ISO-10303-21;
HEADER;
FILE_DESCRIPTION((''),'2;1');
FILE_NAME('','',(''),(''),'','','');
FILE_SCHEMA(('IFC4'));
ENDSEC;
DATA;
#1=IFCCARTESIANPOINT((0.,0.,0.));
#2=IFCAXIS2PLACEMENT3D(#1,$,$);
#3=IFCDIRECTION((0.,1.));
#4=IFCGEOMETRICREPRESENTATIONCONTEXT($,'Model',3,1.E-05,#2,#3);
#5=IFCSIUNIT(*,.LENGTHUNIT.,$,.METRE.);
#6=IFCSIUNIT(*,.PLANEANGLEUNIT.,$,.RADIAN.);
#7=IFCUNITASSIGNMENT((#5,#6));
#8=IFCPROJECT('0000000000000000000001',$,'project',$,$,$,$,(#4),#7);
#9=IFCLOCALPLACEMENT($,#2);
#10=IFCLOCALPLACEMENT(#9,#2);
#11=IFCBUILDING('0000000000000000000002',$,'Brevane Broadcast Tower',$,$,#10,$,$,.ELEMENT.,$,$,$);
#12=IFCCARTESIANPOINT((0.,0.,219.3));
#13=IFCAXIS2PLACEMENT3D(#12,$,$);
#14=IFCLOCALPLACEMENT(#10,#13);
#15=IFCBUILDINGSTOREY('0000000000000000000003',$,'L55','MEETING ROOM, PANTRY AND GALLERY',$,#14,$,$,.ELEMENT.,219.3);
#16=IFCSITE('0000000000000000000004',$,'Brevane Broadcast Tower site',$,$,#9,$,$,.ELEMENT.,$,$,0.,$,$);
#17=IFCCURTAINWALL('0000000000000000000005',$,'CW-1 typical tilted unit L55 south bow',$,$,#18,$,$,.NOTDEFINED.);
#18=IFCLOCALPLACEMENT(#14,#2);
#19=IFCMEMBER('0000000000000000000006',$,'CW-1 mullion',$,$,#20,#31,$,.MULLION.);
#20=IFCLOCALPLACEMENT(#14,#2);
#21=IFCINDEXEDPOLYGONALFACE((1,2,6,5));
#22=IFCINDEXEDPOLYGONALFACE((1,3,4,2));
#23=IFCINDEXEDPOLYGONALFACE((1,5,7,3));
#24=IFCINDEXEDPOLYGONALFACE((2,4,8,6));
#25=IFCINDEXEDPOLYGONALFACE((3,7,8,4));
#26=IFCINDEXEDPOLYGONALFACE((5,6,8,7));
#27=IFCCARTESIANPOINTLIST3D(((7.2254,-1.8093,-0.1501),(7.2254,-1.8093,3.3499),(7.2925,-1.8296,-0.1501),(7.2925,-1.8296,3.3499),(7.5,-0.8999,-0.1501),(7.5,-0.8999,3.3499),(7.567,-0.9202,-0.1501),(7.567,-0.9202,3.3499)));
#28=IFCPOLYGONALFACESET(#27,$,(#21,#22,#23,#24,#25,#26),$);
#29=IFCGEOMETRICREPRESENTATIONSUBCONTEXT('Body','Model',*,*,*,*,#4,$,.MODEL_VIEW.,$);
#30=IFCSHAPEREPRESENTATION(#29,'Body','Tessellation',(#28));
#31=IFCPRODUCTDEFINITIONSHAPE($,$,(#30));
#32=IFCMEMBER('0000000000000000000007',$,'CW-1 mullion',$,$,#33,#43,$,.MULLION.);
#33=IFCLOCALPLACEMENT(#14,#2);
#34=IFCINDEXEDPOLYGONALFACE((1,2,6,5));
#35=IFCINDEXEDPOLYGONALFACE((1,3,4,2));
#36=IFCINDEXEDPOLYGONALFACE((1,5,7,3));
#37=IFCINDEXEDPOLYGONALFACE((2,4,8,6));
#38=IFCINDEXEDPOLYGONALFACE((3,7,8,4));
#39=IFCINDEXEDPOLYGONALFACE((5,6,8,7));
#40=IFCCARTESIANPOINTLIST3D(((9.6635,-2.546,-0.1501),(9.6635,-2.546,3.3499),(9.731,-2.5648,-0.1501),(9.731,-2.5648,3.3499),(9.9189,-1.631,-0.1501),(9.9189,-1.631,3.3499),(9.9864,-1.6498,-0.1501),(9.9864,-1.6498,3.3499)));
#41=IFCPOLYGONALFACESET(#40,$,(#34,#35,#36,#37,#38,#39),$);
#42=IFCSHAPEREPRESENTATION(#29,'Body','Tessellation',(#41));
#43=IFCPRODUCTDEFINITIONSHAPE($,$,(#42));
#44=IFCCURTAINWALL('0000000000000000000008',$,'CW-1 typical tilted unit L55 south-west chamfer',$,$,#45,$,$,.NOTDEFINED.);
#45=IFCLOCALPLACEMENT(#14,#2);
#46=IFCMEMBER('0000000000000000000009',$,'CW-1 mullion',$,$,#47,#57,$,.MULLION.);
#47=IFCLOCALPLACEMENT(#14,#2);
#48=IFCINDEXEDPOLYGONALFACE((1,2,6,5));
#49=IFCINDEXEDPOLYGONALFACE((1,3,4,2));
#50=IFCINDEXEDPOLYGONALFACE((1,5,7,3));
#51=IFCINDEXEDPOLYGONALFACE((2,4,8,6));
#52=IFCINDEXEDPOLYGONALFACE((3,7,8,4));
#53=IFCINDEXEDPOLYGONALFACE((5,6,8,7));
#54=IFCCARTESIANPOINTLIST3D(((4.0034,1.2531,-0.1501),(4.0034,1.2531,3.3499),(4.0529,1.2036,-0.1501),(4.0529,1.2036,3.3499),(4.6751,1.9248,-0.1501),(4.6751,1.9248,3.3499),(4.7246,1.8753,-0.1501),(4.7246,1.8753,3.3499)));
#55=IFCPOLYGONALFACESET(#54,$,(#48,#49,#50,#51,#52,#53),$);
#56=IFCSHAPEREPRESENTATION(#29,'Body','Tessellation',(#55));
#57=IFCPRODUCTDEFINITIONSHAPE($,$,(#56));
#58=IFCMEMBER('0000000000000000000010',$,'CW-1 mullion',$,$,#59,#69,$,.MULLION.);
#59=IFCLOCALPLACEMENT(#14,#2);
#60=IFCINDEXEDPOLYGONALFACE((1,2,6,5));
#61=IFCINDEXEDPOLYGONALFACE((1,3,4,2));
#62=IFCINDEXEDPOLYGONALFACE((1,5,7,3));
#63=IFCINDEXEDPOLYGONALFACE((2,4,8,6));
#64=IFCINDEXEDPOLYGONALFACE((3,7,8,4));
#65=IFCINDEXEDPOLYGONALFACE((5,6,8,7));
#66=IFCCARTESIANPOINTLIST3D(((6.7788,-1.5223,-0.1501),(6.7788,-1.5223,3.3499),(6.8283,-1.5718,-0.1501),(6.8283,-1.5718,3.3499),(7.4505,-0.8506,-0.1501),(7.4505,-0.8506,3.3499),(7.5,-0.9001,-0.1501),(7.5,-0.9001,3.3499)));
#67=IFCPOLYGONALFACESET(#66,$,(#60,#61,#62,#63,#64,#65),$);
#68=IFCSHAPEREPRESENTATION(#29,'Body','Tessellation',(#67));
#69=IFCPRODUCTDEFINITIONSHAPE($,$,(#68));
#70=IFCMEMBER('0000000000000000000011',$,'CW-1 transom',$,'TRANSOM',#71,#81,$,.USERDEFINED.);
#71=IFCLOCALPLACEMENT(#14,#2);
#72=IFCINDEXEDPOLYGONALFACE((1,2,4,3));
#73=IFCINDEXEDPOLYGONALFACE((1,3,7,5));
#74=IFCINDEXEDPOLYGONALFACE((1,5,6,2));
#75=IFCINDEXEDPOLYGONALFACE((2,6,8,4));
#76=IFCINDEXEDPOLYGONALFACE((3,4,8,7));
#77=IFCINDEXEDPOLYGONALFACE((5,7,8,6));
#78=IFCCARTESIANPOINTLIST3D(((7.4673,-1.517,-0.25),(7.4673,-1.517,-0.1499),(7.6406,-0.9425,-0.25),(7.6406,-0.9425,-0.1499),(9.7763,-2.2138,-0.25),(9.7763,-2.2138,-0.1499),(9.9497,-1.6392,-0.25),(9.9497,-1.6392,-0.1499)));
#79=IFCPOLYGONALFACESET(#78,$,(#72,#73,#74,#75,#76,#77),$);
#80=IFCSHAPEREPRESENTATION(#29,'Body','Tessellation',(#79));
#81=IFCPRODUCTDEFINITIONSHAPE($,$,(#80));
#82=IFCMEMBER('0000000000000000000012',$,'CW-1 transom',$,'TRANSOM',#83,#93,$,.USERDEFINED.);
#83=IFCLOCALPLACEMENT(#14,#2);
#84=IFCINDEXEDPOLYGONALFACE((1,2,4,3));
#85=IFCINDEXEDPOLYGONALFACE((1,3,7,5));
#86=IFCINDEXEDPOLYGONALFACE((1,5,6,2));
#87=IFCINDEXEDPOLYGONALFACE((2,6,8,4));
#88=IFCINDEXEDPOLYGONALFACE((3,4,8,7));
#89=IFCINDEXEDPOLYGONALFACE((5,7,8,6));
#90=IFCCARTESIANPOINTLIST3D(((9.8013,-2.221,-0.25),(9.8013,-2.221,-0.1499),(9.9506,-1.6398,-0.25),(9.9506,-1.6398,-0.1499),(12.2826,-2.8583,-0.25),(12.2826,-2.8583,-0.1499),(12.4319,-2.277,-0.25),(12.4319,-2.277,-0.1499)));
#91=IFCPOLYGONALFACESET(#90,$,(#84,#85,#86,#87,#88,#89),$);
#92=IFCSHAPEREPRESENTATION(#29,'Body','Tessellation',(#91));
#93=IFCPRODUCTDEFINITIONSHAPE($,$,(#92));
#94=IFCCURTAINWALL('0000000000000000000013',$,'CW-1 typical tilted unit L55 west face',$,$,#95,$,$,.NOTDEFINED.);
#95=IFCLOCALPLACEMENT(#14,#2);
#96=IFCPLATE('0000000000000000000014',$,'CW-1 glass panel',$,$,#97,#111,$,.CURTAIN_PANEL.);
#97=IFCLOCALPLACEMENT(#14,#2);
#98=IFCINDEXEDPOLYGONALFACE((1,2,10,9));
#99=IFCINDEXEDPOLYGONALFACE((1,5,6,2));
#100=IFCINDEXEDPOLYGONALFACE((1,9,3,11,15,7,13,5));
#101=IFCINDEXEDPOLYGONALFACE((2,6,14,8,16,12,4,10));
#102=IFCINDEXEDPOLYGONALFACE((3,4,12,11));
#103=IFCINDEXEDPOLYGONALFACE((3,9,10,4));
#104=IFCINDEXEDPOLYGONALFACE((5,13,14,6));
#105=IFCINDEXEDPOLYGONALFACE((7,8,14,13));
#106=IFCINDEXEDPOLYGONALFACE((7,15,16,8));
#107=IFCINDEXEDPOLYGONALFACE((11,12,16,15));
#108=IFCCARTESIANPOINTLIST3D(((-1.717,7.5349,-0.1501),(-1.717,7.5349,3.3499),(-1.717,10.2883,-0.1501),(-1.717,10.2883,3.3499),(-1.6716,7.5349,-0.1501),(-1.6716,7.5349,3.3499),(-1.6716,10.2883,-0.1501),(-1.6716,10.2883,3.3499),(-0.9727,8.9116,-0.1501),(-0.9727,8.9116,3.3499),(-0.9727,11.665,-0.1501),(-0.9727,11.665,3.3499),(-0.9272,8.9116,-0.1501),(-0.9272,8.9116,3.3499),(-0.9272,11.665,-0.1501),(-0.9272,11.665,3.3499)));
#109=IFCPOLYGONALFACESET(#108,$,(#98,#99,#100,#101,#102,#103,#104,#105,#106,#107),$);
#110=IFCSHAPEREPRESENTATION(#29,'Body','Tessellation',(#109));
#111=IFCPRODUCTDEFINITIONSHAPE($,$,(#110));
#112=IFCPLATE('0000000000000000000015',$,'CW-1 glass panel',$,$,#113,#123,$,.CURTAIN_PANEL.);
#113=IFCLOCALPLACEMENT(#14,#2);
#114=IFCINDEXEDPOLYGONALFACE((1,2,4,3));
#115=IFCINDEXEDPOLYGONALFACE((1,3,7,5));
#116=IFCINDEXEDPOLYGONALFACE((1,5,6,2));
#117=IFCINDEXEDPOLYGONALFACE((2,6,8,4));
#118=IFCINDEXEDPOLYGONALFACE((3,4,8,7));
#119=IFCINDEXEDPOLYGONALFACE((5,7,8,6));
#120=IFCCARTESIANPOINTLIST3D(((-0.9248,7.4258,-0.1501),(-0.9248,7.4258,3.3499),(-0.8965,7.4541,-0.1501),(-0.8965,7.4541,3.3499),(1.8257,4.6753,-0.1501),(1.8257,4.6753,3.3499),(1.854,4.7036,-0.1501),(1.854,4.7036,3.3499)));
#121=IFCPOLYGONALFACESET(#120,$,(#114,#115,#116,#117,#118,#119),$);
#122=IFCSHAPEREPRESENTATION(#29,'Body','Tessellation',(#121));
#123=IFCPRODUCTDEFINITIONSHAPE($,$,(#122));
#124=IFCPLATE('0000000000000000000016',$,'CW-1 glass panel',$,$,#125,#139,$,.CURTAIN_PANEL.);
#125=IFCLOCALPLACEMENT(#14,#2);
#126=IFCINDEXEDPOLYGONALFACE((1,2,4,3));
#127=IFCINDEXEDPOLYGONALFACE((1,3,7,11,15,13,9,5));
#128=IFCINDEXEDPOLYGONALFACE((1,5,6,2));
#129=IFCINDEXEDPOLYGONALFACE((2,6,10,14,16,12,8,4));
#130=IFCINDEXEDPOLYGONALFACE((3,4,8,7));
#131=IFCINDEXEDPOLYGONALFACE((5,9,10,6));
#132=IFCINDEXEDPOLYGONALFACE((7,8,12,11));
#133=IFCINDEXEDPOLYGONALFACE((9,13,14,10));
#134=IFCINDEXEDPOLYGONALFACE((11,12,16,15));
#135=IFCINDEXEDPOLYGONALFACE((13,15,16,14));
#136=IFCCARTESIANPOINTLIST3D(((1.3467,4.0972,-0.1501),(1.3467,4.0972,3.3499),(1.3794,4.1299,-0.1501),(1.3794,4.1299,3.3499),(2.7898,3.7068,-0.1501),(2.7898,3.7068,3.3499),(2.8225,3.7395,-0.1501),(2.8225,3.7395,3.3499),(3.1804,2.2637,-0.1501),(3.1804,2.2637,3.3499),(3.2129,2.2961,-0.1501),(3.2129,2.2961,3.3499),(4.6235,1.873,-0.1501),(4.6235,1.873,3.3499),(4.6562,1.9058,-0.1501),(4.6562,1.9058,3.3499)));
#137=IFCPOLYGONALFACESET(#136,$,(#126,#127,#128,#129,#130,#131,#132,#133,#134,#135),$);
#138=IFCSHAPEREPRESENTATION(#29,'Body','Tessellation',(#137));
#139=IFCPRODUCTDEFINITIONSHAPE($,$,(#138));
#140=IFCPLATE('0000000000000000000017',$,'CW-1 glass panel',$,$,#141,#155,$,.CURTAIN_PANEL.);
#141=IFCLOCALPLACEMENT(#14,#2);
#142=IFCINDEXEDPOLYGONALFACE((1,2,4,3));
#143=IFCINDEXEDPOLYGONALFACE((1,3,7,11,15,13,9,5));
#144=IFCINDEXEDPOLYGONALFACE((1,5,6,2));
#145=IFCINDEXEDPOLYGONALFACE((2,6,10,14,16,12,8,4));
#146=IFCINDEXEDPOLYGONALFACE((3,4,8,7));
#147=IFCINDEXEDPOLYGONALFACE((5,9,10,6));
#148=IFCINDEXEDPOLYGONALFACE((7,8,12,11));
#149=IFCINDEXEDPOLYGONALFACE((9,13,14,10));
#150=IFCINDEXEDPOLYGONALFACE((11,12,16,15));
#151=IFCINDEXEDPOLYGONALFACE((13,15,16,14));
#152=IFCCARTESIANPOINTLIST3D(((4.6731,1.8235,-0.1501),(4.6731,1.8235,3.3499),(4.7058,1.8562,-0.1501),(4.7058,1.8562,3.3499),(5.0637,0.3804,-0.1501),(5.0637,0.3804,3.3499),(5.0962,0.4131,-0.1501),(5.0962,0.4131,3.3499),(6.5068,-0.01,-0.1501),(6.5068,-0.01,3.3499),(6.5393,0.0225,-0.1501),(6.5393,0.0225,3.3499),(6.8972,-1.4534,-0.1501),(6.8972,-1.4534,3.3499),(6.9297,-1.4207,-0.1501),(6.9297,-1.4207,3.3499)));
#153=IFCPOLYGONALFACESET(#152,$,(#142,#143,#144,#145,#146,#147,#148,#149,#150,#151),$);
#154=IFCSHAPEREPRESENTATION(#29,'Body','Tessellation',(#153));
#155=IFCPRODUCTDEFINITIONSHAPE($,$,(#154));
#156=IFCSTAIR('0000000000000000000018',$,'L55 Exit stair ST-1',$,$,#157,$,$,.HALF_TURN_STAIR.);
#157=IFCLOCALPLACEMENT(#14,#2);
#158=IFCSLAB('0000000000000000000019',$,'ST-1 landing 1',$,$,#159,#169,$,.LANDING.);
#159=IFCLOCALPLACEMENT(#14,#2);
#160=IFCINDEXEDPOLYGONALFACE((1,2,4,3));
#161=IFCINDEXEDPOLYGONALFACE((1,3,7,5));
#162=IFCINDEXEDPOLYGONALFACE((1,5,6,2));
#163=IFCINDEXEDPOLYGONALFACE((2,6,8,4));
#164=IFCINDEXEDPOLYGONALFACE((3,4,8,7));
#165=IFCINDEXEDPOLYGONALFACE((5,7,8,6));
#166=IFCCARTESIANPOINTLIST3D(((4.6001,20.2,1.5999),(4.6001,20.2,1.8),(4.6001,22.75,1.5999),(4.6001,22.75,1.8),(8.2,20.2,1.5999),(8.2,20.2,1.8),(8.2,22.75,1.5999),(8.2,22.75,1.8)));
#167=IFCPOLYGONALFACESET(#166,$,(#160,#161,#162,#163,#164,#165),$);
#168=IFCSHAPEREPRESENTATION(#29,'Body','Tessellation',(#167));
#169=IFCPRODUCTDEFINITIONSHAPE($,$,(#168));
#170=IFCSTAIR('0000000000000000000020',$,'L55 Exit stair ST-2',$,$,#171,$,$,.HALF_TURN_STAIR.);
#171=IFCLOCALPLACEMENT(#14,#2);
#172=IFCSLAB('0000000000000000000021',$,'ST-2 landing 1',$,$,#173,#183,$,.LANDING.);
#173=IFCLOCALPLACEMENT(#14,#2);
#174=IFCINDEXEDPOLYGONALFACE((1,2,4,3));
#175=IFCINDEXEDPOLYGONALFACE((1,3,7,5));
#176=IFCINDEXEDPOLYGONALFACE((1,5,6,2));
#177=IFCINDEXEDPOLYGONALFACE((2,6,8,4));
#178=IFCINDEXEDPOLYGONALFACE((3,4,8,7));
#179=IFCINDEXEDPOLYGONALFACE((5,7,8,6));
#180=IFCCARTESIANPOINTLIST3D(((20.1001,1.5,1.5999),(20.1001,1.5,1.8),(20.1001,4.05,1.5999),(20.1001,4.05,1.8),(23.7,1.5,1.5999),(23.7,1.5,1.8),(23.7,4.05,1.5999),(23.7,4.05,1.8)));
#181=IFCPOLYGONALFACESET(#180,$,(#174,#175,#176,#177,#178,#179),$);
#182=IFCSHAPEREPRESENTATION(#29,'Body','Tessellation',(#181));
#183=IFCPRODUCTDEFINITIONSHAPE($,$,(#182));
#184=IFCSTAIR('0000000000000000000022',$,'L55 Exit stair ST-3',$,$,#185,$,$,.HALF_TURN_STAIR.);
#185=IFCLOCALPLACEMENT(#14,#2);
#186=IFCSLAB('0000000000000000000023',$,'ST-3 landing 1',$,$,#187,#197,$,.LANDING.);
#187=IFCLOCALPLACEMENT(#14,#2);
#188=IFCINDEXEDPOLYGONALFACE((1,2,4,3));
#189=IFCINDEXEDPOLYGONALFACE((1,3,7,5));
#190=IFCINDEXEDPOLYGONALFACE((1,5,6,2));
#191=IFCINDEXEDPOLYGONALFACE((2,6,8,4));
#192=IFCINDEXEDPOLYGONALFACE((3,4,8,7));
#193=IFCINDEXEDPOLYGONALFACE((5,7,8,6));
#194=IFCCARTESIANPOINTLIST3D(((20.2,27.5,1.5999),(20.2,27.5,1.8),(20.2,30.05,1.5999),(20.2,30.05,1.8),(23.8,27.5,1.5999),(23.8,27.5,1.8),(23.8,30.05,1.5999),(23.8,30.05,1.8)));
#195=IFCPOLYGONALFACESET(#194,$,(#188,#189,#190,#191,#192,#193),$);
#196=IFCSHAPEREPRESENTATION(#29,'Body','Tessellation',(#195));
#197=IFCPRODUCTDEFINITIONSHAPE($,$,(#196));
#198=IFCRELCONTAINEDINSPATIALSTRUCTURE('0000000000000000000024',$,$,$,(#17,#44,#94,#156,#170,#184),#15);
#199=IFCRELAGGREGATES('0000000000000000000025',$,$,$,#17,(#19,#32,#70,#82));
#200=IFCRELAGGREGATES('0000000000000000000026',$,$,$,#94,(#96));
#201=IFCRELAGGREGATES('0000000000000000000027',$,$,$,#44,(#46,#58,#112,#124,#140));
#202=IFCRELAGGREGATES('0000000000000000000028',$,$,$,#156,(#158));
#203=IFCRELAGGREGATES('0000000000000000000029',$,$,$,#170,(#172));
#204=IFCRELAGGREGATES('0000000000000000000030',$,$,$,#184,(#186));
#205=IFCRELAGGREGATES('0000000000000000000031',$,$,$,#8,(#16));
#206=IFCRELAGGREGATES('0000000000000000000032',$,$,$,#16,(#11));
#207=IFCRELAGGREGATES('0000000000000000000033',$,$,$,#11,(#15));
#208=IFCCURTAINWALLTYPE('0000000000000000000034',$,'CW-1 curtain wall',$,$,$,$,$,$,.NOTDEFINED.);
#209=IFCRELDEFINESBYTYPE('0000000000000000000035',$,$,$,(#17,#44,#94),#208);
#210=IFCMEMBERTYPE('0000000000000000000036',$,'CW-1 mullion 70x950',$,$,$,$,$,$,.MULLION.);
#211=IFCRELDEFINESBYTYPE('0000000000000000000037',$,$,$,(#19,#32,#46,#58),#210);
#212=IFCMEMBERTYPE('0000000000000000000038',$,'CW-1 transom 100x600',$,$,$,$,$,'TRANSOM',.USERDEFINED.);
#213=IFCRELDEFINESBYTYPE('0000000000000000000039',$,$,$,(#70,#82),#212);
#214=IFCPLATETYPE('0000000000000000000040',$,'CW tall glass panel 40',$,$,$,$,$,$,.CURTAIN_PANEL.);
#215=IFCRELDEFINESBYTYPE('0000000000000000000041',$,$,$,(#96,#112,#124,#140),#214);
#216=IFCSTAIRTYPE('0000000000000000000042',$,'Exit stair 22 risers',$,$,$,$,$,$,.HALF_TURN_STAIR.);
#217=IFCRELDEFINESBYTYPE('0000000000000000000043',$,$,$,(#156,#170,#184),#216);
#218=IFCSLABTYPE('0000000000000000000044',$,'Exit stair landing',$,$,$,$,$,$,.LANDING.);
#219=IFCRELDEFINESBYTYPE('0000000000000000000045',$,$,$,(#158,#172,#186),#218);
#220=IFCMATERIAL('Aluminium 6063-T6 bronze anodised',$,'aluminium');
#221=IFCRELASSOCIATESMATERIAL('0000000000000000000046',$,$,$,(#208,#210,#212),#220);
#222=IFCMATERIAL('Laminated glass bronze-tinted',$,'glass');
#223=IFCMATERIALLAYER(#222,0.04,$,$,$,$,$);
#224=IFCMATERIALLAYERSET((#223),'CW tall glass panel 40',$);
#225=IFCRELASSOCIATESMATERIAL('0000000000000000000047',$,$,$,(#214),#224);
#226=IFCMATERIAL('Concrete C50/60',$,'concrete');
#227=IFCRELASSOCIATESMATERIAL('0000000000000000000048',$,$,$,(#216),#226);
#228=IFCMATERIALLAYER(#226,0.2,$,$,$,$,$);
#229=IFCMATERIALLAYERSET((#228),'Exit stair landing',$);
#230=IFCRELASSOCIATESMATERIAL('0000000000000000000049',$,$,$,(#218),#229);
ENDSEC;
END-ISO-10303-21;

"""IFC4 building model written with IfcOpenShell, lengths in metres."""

from ifc_helpers import new_model, si_unit, direction, frame, origin, origin_2d, place, context, subcontext, project, spatial, polyline, rectangle, outline, extrude, material, layer, layer_set, material_profile, profile_set, type_object, element, aggregate, save


model = new_model("IFC4")

# Units and contexts
model_context = context("Model", 3, precision=1e-05, world=origin(), true_north=direction((0.0, 1.0)))
body_context = subcontext(model_context, "Body", "Model", "MODEL_VIEW")
ifc_project = project(units=[si_unit("LENGTHUNIT", "METRE"), si_unit("PLANEANGLEUNIT", "RADIAN")], contexts=[model_context])

# Site, building, storey
site_placement = place(None, origin())
site = spatial("IfcSite", under=ifc_project, at=site_placement, Name="Brevane Broadcast Tower site", CompositionType="ELEMENT", RefElevation=0.0)
building_placement = place(site_placement, origin())
building = spatial("IfcBuilding", under=site, at=building_placement, Name="Brevane Broadcast Tower", CompositionType="ELEMENT")
storey_placement = place(building_placement, frame((0.0, 0.0, 219.3)))
storey = spatial("IfcBuildingStorey", under=building, at=storey_placement, Name="L55", Description="MEETING ROOM, PANTRY AND GALLERY", CompositionType="ELEMENT", Elevation=219.3)

# Curtain walls, members
ifc_material_1 = material(Name="Aluminium 6063-T6 bronze anodised", Category="aluminium")
curtain_wall_type = type_object("IfcCurtainWallType", Name="CW-1 curtain wall", PredefinedType="NOTDEFINED", material=ifc_material_1)
curtain_wall_1_placement = place(storey_placement, origin())
curtain_wall_1 = element("IfcCurtainWall", 1, at=curtain_wall_1_placement, inside=storey, type_object=curtain_wall_type, Name="CW-1 typical tilted unit L55 south bow", PredefinedType="NOTDEFINED")
ifc_material_profile_1 = material_profile(ifc_material_1, rectangle(XDim=0.95, YDim=0.0701, at=origin_2d()), Name="RECT 70x950")
ifc_profile_set_1 = profile_set([ifc_material_profile_1], Name="Aluminium 6063-T6 bronze anodised")
member_type_1 = type_object("IfcMemberType", Name="CW-1 mullion 70x950", PredefinedType="MULLION", material=ifc_profile_set_1)
member_1_placement = place(storey_placement, frame((7.3962, -1.3647, -0.1501), z_axis=(0.0, 0.0, 1.0), x_axis=(0.288968, 0.957339, 0.0)))
member_1 = element("IfcMember", 2, at=member_1_placement, type_object=member_type_1, Name="CW-1 mullion", PredefinedType="MULLION", context=body_context, shape_type="SweptSolid", body=[
    extrude(rectangle(XDim=0.95, YDim=0.0701, at=origin_2d()), origin(), (0.0, 0.0, 1.0), 3.5),
])
member_2_placement = place(storey_placement, frame((9.825, -2.0979, -0.1501), z_axis=(0.0, 0.0, 1.0), x_axis=(0.268916, 0.963164, 0.0)))
member_2 = element("IfcMember", 3, at=member_2_placement, type_object=member_type_1, Name="CW-1 mullion", PredefinedType="MULLION", context=body_context, shape_type="SweptSolid", body=[
    extrude(rectangle(XDim=0.95, YDim=0.0701, at=origin_2d()), origin(), (0.0, 0.0, 1.0), 3.5),
])
curtain_wall_2_placement = place(storey_placement, origin())
curtain_wall_2 = element("IfcCurtainWall", 4, at=curtain_wall_2_placement, inside=storey, type_object=curtain_wall_type, Name="CW-1 typical tilted unit L55 south-west chamfer", PredefinedType="NOTDEFINED")
member_3_placement = place(storey_placement, frame((4.364, 1.5642, -0.1501), z_axis=(0.0, 0.0, 1.0), x_axis=(0.707107, 0.707107, 0.0)))
member_3 = element("IfcMember", 5, at=member_3_placement, type_object=member_type_1, Name="CW-1 mullion", PredefinedType="MULLION", context=body_context, shape_type="SweptSolid", body=[
    extrude(rectangle(XDim=0.95, YDim=0.0701, at=origin_2d()), origin(), (0.0, 0.0, 1.0), 3.5),
])
member_4_placement = place(storey_placement, frame((7.1394, -1.2112, -0.1501), z_axis=(0.0, 0.0, 1.0), x_axis=(0.707107, 0.707107, 0.0)))
member_4 = element("IfcMember", 6, at=member_4_placement, type_object=member_type_1, Name="CW-1 mullion", PredefinedType="MULLION", context=body_context, shape_type="SweptSolid", body=[
    extrude(rectangle(XDim=0.95, YDim=0.0701, at=origin_2d()), origin(), (0.0, 0.0, 1.0), 3.5),
])

# Members
ifc_material_profile_2 = material_profile(ifc_material_1, rectangle(XDim=0.6001, YDim=0.1001, at=origin_2d()), Name="RECT 100x600")
ifc_profile_set_2 = profile_set([ifc_material_profile_2], Name="Aluminium 6063-T6 bronze anodised")
member_type_2 = type_object("IfcMemberType", Name="CW-1 transom 100x600", ElementType="TRANSOM", PredefinedType="USERDEFINED", material=ifc_profile_set_2)
member_5_placement = place(storey_placement, frame((7.554, -1.2297, -0.2), z_axis=(0.957363, -0.288889, 0.0), x_axis=(0.288889, 0.957363, 0.0)))
member_5 = element("IfcMember", 7, at=member_5_placement, type_object=member_type_2, Name="CW-1 transom", ObjectType="TRANSOM", PredefinedType="USERDEFINED", context=body_context, shape_type="SweptSolid", body=[
    extrude(rectangle(XDim=0.6001, YDim=0.1001, at=origin_2d()), origin(), (0.0, 0.0, 1.0), 2.4119),
])
member_6_placement = place(storey_placement, frame((9.876, -1.9304, -0.2), z_axis=(0.96857, -0.248742, 0.0), x_axis=(0.248742, 0.96857, 0.0)))
member_6 = element("IfcMember", 8, at=member_6_placement, type_object=member_type_2, Name="CW-1 transom", ObjectType="TRANSOM", PredefinedType="USERDEFINED", context=body_context, shape_type="SweptSolid", body=[
    extrude(rectangle(XDim=0.6001, YDim=0.1001, at=origin_2d()), origin(), (0.0, 0.0, 1.0), 2.5618),
])
aggregate(curtain_wall_1, [member_1, member_2, member_5, member_6])

# Curtain wall, plate
curtain_wall_3_placement = place(storey_placement, origin())
curtain_wall_3 = element("IfcCurtainWall", 9, at=curtain_wall_3_placement, inside=storey, type_object=curtain_wall_type, Name="CW-1 typical tilted unit L55 west face", PredefinedType="NOTDEFINED")
ifc_material_2 = material(Name="Laminated glass bronze-tinted", Category="glass")
ifc_layer_1 = layer(ifc_material_2, 0.04)
ifc_layer_set_1 = layer_set([ifc_layer_1], Name="CW tall glass panel 40")
plate_type = type_object("IfcPlateType", Name="CW tall glass panel 40", PredefinedType="CURTAIN_PANEL", material=ifc_layer_set_1)
plate_1_placement = place(storey_placement, frame((0.0, 0.0, -0.1501)))
plate_1 = element("IfcPlate", 10, at=plate_1_placement, type_object=plate_type, Name="CW-1 glass panel", PredefinedType="CURTAIN_PANEL", context=body_context, shape_type="SweptSolid", body=[
    extrude(outline(polyline([(-0.9272, 11.665), (-0.9727, 11.665), (-1.717, 10.2883), (-0.9727, 8.9116), (-1.717, 7.5349), (-1.6716, 7.5349), (-0.9272, 8.9116), (-1.6716, 10.2883), (-0.9272, 11.665)])), origin(), (0.0, 0.0, 1.0), 3.5),
])
aggregate(curtain_wall_3, [plate_1])

# Plates
plate_2_placement = place(storey_placement, frame((0.0, 0.0, -0.1501)))
plate_2 = element("IfcPlate", 11, at=plate_2_placement, type_object=plate_type, Name="CW-1 glass panel", PredefinedType="CURTAIN_PANEL", context=body_context, shape_type="SweptSolid", body=[
    extrude(outline(polyline([(-0.8965, 7.4541), (1.854, 4.7036), (1.8257, 4.6753), (-0.9248, 7.4258), (-0.8965, 7.4541)])), origin(), (0.0, 0.0, 1.0), 3.5),
])
plate_3_placement = place(storey_placement, frame((0.0, 0.0, -0.1501)))
plate_3 = element("IfcPlate", 12, at=plate_3_placement, type_object=plate_type, Name="CW-1 glass panel", PredefinedType="CURTAIN_PANEL", context=body_context, shape_type="SweptSolid", body=[
    extrude(outline(polyline([(1.3794, 4.1299), (1.3467, 4.0972), (2.7898, 3.7068), (3.1804, 2.2637), (4.6235, 1.873), (4.6562, 1.9058), (3.2129, 2.2961), (2.8225, 3.7395), (1.3794, 4.1299)])), origin(), (0.0, 0.0, 1.0), 3.5),
])
plate_4_placement = place(storey_placement, frame((0.0, 0.0, -0.1501)))
plate_4 = element("IfcPlate", 13, at=plate_4_placement, type_object=plate_type, Name="CW-1 glass panel", PredefinedType="CURTAIN_PANEL", context=body_context, shape_type="SweptSolid", body=[
    extrude(outline(polyline([(4.7058, 1.8562), (4.6731, 1.8235), (5.0637, 0.3804), (6.5068, -0.01), (6.8972, -1.4534), (6.9297, -1.4207), (6.5393, 0.0225), (5.0962, 0.4131), (4.7058, 1.8562)])), origin(), (0.0, 0.0, 1.0), 3.5),
])
aggregate(curtain_wall_2, [member_3, member_4, plate_2, plate_3, plate_4])

# Stairs, slabs
ifc_material_3 = material(Name="Concrete C50/60", Category="concrete")
stair_type = type_object("IfcStairType", Name="Exit stair 22 risers", PredefinedType="HALF_TURN_STAIR", material=ifc_material_3)
stair_1_placement = place(storey_placement, origin())
stair_1 = element("IfcStair", 14, at=stair_1_placement, inside=storey, type_object=stair_type, Name="L55 Exit stair ST-1", PredefinedType="HALF_TURN_STAIR")
ifc_layer_2 = layer(ifc_material_3, 0.2)
ifc_layer_set_2 = layer_set([ifc_layer_2], Name="Exit stair landing")
slab_type_1 = type_object("IfcSlabType", Name="Exit stair landing", PredefinedType="LANDING", material=ifc_layer_set_2)
slab_1_placement = place(storey_placement, frame((0.0, 0.0, 1.5999)))
slab_1 = element("IfcSlab", 15, at=slab_1_placement, type_object=slab_type_1, Name="ST-1 landing 1", PredefinedType="LANDING", context=body_context, shape_type="SweptSolid", body=[
    extrude(outline(polyline([(4.6001, 20.2), (8.2, 20.2), (8.2, 22.75), (4.6001, 22.75), (4.6001, 20.2)])), origin(), (0.0, 0.0, 1.0), 0.2002),
])
aggregate(stair_1, [slab_1])
stair_2_placement = place(storey_placement, origin())
stair_2 = element("IfcStair", 16, at=stair_2_placement, inside=storey, type_object=stair_type, Name="L55 Exit stair ST-2", PredefinedType="HALF_TURN_STAIR")
slab_2_placement = place(storey_placement, frame((0.0, 0.0, 1.5999)))
slab_2 = element("IfcSlab", 17, at=slab_2_placement, type_object=slab_type_1, Name="ST-2 landing 1", PredefinedType="LANDING", context=body_context, shape_type="SweptSolid", body=[
    extrude(outline(polyline([(20.1001, 1.5), (23.7, 1.5), (23.7, 4.05), (20.1001, 4.05), (20.1001, 1.5)])), origin(), (0.0, 0.0, 1.0), 0.2002),
])
aggregate(stair_2, [slab_2])
stair_3_placement = place(storey_placement, origin())
stair_3 = element("IfcStair", 18, at=stair_3_placement, inside=storey, type_object=stair_type, Name="L55 Exit stair ST-3", PredefinedType="HALF_TURN_STAIR")
slab_3_placement = place(storey_placement, frame((0.0, 0.0, 1.5999)))
slab_3 = element("IfcSlab", 19, at=slab_3_placement, type_object=slab_type_1, Name="ST-3 landing 1", PredefinedType="LANDING", context=body_context, shape_type="SweptSolid", body=[
    extrude(outline(polyline([(20.2, 27.5), (23.8, 27.5), (23.8, 30.05), (20.2, 30.05), (20.2, 27.5)])), origin(), (0.0, 0.0, 1.0), 0.2002),
])
aggregate(stair_3, [slab_3])

save(model, "model.ifc")
